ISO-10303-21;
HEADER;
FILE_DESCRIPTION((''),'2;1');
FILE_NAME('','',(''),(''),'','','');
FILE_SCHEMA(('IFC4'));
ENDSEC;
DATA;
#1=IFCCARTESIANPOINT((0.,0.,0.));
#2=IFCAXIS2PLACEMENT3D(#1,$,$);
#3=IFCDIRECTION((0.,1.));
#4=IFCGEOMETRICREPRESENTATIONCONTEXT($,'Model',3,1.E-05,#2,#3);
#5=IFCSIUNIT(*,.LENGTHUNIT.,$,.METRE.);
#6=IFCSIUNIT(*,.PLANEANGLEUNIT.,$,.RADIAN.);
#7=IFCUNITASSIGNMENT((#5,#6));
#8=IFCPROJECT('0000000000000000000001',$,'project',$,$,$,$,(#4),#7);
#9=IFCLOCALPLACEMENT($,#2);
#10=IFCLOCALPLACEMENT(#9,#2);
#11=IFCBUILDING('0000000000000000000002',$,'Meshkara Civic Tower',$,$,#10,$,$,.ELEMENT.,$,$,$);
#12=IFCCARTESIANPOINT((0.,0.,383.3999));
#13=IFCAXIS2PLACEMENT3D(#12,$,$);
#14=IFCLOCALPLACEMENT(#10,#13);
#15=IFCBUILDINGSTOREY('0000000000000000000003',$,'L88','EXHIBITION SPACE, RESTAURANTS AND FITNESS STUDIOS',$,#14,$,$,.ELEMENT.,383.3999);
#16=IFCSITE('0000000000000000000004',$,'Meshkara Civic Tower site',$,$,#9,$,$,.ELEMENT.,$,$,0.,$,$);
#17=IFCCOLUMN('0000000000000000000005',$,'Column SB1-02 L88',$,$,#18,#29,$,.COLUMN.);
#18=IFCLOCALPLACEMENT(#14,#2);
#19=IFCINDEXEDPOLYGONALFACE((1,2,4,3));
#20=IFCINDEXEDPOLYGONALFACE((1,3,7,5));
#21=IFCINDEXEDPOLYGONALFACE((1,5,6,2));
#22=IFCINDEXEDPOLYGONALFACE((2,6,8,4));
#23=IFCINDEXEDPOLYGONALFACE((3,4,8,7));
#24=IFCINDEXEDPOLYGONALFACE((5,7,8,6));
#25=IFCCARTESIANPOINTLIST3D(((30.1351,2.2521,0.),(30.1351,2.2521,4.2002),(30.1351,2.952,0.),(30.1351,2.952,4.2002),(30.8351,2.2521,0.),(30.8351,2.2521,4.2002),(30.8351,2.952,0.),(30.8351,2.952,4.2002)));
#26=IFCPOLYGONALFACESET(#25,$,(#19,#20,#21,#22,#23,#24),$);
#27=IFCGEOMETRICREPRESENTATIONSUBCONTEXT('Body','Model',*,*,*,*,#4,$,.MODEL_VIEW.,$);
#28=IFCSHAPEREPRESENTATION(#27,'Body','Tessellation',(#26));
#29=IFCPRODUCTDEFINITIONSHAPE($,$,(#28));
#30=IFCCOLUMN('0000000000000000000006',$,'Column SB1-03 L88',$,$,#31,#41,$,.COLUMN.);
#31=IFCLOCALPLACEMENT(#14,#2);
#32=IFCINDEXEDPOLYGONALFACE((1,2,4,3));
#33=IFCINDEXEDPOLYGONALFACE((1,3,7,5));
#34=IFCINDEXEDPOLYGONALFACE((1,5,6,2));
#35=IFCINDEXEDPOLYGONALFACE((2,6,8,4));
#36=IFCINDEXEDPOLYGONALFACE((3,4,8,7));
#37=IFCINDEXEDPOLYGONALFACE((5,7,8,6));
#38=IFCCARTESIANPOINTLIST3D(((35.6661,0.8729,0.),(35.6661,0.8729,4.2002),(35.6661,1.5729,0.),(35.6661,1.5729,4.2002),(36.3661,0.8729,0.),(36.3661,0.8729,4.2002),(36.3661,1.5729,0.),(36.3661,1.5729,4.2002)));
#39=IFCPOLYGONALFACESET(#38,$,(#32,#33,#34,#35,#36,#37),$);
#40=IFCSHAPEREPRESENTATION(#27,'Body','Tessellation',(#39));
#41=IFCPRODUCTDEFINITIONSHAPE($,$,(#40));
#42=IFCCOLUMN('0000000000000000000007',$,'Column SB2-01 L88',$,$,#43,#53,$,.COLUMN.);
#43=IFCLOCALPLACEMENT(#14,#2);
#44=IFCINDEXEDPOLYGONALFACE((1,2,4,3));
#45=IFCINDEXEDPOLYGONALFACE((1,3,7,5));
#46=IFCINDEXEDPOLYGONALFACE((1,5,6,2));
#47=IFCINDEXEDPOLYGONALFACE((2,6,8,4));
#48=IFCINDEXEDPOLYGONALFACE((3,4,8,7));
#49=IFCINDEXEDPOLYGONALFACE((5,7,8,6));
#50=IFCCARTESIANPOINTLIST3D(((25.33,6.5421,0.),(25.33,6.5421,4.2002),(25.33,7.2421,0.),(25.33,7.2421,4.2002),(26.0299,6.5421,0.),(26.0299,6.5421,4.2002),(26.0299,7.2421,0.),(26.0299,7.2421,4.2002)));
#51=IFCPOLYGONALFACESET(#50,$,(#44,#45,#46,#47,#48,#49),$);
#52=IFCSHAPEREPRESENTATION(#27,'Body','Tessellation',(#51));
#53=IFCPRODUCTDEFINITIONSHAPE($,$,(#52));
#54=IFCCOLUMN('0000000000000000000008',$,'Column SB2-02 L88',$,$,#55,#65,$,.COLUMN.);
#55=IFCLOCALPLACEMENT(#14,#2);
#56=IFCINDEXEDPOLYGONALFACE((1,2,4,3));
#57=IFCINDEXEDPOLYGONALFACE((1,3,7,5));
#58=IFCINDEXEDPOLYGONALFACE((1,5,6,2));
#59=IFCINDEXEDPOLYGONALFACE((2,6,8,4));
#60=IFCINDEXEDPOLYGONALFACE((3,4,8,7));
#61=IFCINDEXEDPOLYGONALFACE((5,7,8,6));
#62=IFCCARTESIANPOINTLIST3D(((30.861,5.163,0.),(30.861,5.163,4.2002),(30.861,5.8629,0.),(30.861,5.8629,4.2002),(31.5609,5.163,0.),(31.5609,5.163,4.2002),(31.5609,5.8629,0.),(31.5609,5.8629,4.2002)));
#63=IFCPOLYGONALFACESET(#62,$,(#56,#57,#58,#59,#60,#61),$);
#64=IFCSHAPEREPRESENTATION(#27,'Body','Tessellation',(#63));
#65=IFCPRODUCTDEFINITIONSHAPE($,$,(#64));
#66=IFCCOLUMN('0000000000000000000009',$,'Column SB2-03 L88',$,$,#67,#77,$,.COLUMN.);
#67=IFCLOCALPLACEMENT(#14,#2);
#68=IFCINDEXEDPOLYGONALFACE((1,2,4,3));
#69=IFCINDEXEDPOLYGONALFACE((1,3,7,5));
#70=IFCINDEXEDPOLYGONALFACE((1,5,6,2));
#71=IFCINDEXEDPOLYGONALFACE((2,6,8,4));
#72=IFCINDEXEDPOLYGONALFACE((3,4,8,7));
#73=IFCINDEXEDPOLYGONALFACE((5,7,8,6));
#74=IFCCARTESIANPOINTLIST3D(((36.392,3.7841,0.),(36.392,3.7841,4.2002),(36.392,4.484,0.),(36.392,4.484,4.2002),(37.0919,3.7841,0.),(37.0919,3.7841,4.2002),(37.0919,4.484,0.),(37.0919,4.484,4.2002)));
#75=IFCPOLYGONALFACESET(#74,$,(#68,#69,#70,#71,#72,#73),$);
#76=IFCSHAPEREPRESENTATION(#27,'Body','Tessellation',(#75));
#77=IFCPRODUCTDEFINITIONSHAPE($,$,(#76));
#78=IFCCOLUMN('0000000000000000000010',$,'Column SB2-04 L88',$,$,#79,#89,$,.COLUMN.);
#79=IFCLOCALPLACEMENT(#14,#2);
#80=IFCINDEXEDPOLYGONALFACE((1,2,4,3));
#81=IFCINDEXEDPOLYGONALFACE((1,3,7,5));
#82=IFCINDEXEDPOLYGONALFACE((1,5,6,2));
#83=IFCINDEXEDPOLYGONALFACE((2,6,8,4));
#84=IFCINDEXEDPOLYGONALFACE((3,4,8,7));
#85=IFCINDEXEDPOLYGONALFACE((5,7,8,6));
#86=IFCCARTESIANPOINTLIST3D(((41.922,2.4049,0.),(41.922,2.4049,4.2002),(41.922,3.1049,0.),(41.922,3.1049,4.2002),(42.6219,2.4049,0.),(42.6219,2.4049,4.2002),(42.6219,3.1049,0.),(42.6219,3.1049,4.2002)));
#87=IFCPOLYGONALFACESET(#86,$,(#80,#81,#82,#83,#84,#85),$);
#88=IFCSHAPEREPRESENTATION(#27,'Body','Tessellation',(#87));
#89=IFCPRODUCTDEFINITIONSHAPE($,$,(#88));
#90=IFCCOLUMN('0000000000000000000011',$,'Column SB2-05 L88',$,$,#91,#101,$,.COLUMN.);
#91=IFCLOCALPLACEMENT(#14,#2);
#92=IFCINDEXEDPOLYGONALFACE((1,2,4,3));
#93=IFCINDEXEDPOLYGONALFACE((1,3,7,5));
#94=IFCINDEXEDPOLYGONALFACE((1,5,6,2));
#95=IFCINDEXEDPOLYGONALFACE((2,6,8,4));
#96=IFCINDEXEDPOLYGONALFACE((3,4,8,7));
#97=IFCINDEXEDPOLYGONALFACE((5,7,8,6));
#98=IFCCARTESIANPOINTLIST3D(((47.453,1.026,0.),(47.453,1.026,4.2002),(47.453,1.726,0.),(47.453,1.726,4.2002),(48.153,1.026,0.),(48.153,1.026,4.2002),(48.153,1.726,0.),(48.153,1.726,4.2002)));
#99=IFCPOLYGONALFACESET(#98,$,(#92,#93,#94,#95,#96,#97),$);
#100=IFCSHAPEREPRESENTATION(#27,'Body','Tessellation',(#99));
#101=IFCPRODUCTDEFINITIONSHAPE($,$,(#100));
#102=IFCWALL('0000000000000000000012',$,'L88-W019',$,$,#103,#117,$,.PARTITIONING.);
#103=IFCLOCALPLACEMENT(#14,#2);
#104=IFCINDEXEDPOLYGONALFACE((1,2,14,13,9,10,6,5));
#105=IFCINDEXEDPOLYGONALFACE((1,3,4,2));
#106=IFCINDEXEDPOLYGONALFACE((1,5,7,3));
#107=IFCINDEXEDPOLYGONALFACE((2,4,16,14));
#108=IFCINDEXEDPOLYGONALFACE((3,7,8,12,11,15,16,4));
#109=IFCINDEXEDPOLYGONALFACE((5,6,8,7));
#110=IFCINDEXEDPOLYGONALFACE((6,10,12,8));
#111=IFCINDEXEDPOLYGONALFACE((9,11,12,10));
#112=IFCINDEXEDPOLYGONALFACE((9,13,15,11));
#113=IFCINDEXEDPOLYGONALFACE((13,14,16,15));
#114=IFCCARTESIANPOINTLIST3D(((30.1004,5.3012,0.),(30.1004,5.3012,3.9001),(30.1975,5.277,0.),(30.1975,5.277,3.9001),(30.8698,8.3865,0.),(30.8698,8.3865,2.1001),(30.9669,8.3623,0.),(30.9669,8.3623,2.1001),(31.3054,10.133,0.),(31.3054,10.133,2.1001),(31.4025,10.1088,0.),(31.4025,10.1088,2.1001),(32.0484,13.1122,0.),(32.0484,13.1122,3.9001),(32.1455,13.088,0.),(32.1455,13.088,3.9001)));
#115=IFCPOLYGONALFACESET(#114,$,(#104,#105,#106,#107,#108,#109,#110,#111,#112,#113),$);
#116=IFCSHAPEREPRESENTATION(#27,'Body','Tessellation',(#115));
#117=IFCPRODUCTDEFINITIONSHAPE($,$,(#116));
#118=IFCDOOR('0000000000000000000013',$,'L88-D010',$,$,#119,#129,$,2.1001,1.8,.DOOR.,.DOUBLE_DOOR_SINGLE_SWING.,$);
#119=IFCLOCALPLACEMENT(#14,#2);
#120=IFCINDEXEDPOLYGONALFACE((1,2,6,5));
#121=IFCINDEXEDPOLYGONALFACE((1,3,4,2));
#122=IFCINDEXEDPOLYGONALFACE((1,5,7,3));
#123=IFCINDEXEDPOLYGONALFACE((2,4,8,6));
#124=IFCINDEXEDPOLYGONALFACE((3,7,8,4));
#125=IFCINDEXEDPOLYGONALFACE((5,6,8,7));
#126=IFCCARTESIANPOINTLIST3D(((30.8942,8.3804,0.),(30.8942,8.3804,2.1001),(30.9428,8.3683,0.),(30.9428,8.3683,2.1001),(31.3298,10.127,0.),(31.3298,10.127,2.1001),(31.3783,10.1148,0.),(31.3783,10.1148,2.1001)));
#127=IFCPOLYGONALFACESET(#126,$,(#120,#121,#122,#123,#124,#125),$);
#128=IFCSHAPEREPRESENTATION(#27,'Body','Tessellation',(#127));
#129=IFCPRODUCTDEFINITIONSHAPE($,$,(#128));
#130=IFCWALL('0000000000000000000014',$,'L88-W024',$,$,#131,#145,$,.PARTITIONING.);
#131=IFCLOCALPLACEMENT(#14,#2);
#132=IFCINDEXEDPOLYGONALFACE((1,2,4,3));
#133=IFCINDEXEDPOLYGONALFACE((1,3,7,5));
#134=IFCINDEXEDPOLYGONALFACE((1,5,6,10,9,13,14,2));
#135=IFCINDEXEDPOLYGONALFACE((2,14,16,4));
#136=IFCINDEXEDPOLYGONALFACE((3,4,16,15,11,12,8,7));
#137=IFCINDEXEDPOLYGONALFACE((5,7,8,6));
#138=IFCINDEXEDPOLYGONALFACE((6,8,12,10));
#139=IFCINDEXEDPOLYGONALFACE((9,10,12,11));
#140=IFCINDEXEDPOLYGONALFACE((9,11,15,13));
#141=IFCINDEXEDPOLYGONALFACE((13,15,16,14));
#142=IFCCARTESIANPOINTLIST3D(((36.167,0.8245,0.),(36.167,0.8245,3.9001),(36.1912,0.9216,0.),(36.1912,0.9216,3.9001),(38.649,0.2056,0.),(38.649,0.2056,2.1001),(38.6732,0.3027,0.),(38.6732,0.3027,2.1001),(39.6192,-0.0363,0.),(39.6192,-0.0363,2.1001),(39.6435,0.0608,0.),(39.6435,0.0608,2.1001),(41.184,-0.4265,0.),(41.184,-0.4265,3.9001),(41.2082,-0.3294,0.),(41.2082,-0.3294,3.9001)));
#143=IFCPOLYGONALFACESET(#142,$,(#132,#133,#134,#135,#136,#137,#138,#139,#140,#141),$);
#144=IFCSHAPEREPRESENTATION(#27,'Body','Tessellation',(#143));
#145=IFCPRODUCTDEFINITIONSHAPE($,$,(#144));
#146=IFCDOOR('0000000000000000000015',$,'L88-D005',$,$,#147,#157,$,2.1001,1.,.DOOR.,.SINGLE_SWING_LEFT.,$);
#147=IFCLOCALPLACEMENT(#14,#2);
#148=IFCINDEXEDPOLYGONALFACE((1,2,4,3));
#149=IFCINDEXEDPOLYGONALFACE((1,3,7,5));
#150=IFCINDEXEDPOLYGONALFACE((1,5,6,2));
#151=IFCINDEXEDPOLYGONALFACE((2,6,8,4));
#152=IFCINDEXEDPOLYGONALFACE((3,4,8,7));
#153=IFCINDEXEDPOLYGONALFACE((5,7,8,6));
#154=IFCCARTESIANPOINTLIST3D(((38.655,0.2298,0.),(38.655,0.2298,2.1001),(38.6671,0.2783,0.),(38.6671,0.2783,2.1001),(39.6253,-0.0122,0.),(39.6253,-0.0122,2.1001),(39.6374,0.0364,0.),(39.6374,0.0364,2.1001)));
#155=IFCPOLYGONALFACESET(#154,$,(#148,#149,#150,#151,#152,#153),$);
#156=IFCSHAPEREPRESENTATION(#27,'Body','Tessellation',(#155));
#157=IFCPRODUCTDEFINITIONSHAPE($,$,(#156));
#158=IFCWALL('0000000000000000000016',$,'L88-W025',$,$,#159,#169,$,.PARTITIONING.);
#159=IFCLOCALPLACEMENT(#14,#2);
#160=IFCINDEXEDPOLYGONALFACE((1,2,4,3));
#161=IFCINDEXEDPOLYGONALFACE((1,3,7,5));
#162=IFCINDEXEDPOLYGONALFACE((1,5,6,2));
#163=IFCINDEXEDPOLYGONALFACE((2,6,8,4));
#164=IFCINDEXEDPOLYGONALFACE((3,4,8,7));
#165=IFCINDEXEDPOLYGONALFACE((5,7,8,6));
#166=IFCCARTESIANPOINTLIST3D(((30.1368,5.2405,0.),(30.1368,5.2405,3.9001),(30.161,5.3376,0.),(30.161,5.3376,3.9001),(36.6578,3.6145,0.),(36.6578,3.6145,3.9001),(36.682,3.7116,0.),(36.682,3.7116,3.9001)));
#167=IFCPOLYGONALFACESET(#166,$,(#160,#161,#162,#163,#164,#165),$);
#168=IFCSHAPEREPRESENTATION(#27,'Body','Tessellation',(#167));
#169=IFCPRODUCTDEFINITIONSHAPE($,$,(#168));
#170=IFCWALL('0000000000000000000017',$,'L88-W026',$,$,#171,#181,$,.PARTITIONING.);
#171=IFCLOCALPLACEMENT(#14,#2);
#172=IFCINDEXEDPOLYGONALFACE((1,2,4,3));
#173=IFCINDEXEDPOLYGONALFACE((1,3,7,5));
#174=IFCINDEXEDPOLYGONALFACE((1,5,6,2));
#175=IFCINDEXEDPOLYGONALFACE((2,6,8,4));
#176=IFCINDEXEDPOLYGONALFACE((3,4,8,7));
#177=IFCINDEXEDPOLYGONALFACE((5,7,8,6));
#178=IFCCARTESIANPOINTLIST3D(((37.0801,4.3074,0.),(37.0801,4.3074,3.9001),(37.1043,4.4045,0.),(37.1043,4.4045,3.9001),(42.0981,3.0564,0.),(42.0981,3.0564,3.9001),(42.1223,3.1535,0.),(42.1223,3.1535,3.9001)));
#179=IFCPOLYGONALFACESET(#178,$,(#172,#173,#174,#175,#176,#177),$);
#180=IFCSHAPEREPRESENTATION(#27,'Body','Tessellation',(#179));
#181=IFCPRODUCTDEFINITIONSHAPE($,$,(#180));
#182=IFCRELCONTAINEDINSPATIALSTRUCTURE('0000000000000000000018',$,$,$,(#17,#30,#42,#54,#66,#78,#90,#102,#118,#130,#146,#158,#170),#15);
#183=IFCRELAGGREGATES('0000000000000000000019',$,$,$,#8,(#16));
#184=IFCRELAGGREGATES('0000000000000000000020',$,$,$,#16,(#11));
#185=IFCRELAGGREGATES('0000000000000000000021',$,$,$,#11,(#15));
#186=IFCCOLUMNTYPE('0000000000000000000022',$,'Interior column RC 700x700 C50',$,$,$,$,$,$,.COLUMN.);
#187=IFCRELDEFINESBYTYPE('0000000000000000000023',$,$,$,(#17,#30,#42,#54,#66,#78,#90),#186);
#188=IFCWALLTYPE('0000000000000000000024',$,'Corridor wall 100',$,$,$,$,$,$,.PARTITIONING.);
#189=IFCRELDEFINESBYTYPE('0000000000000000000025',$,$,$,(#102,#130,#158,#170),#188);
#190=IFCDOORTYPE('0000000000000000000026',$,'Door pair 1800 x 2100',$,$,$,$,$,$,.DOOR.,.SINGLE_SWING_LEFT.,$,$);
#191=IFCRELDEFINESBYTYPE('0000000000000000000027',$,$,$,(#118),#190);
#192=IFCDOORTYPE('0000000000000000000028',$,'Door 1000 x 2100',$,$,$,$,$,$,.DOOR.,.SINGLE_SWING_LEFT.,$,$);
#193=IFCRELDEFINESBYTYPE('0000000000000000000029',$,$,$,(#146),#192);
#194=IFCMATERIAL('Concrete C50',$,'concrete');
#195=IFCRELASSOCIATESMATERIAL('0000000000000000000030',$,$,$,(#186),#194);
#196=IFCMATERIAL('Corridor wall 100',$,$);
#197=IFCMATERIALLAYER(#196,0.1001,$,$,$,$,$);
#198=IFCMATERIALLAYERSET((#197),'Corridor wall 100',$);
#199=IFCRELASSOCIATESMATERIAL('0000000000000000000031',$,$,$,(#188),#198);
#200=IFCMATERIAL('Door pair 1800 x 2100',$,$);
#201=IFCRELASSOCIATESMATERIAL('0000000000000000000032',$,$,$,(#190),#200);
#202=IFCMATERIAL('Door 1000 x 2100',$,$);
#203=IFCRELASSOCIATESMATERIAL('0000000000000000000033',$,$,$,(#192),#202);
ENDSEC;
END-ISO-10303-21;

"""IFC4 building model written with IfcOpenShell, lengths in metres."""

from ifc_helpers import new_model, si_unit, direction, frame, frame_2d, origin, origin_2d, place, context, subcontext, project, spatial, rectangle, extrude, material, layer, layer_set, material_profile, profile_set, type_object, element, fill, save


model = new_model("IFC4")

# Units and contexts
model_context = context("Model", 3, precision=1e-05, world=origin(), true_north=direction((0.0, 1.0)))
body_context = subcontext(model_context, "Body", "Model", "MODEL_VIEW")
ifc_project = project(units=[si_unit("LENGTHUNIT", "METRE"), si_unit("PLANEANGLEUNIT", "RADIAN")], contexts=[model_context])

# Site, building, storey
site_placement = place(None, origin())
site = spatial("IfcSite", under=ifc_project, at=site_placement, Name="Meshkara Civic Tower site", CompositionType="ELEMENT", RefElevation=0.0)
building_placement = place(site_placement, origin())
building = spatial("IfcBuilding", under=site, at=building_placement, Name="Meshkara Civic Tower", CompositionType="ELEMENT")
storey_placement = place(building_placement, frame((0.0, 0.0, 383.3999)))
storey = spatial("IfcBuildingStorey", under=building, at=storey_placement, Name="L88", Description="EXHIBITION SPACE, RESTAURANTS AND FITNESS STUDIOS", CompositionType="ELEMENT", Elevation=383.3999)

# Columns
ifc_material_1 = material(Name="Concrete C50", Category="concrete")
ifc_material_profile = material_profile(ifc_material_1, rectangle(XDim=0.7, YDim=0.7, at=origin_2d()))
ifc_profile_set = profile_set([ifc_material_profile], Name="Concrete C50")
column_type = type_object("IfcColumnType", Name="Interior column RC 700x700 C50", PredefinedType="COLUMN", material=ifc_profile_set)
for number, where, z_axis, x_axis, name in (
    (1, (30.4851, 2.6021, 0.0), (0.0, 0.0, 1.0), (1.0, 0.0, 0.0), "Column SB1-02 L88"),
    (2, (36.0161, 1.2229, 0.0), (0.0, 0.0, 1.0), (1.0, 0.0, 0.0), "Column SB1-03 L88"),
    (3, (25.6799, 6.8921, 0.0), (0.0, 0.0, 1.0), (1.0, 0.0, 0.0), "Column SB2-01 L88"),
    (4, (31.2109, 5.5129, 0.0), (0.0, 0.0, 1.0), (1.0, 0.0, 0.0), "Column SB2-02 L88"),
    (5, (36.7419, 4.134, 0.0), (0.0, 0.0, 1.0), (1.0, 0.0, 0.0), "Column SB2-03 L88"),
    (6, (42.272, 2.7549, 0.0), (0.0, 0.0, 1.0), (1.0, 0.0, 0.0), "Column SB2-04 L88"),
    (7, (47.803, 1.376, 0.0), (0.0, 0.0, 1.0), (1.0, 0.0, 0.0), "Column SB2-05 L88"),
):
    element("IfcColumn", number, at=place(storey_placement, frame(where, z_axis=z_axis, x_axis=x_axis)), inside=storey, type_object=column_type, Name=name, PredefinedType="COLUMN", context=body_context, shape_type="SweptSolid", body=[
        extrude(rectangle(XDim=0.7, YDim=0.7, at=origin_2d()), origin(), (0.0, 0.0, 1.0), 4.2002),
    ])

# Walls, openings, doors
ifc_material_2 = material(Name="Corridor wall 100")
ifc_layer_1 = layer(ifc_material_2, 0.1001)
ifc_layer_set_1 = layer_set([ifc_layer_1], Name="Corridor wall 100")
wall_type_1 = type_object("IfcWallType", Name="Corridor wall 100", PredefinedType="PARTITIONING", material=ifc_layer_set_1)
wall_1_placement = place(storey_placement, frame((30.1489, 5.2891, 0.0), z_axis=(0.0, 0.0, 1.0), x_axis=(0.241979, 0.970281, 0.0)))
wall_1 = element("IfcWall", 8, at=wall_1_placement, inside=storey, type_object=wall_type_1, Name="L88-W019", PredefinedType="PARTITIONING", context=body_context, shape_type="SweptSolid", body=[
    extrude(rectangle(XDim=8.0503, YDim=0.1001, at=frame_2d((4.0251, 0.0))), origin(), (0.0, 0.0, 1.0), 3.9001),
])
opening_1_placement = place(wall_1_placement, frame((3.1799, 0.0, 0.0)))
opening_1 = element("IfcOpeningElement", 9, at=opening_1_placement, cuts=wall_1, PredefinedType="OPENING", context=body_context, shape_type="SweptSolid", body=[
    extrude(rectangle(XDim=1.8, YDim=2.1001, at=frame_2d((0.8999, 1.05))), frame((0.0, 0.0601, 0.0), z_axis=(0.0, -1.0, 0.0), x_axis=(1.0, 0.0, 0.0)), (0.0, 0.0, 1.0), 0.1201),
])
ifc_material_3 = material(Name="Door pair 1800 x 2100")
door_type_1 = type_object("IfcDoorType", Name="Door pair 1800 x 2100", OperationType="SINGLE_SWING_LEFT", PredefinedType="DOOR", material=ifc_material_3)
door_1_placement = place(opening_1_placement, origin())
door_1 = element("IfcDoor", 10, at=door_1_placement, inside=storey, type_object=door_type_1, Name="L88-D010", OperationType="DOUBLE_DOOR_SINGLE_SWING", OverallHeight=2.1001, OverallWidth=1.8, PredefinedType="DOOR", context=body_context, shape_type="SweptSolid", body=[
    extrude(rectangle(XDim=1.8, YDim=2.1001, at=frame_2d((0.8999, 1.05))), frame((0.0, 0.0249, 0.0), z_axis=(0.0, -1.0, 0.0), x_axis=(1.0, 0.0, 0.0)), (0.0, 0.0, 1.0), 0.05),
])
fill(opening_1, door_1)
wall_2_placement = place(storey_placement, frame((36.179, 0.873, 0.0), z_axis=(0.0, 0.0, 1.0), x_axis=(0.970292, -0.241936, 0.0)))
wall_2 = element("IfcWall", 11, at=wall_2_placement, inside=storey, type_object=wall_type_1, Name="L88-W024", PredefinedType="PARTITIONING", context=body_context, shape_type="SweptSolid", body=[
    extrude(rectangle(XDim=5.1707, YDim=0.1001, at=frame_2d((2.5854, 0.0))), origin(), (0.0, 0.0, 1.0), 3.9001),
])
opening_2_placement = place(wall_2_placement, frame((2.5581, 0.0, 0.0)))
opening_2 = element("IfcOpeningElement", 12, at=opening_2_placement, cuts=wall_2, PredefinedType="OPENING", context=body_context, shape_type="SweptSolid", body=[
    extrude(rectangle(XDim=1.0, YDim=2.1001, at=frame_2d((0.5, 1.05))), frame((0.0, 0.0601, 0.0), z_axis=(0.0, -1.0, 0.0), x_axis=(1.0, 0.0, 0.0)), (0.0, 0.0, 1.0), 0.1201),
])
ifc_material_4 = material(Name="Door 1000 x 2100")
door_type_2 = type_object("IfcDoorType", Name="Door 1000 x 2100", OperationType="SINGLE_SWING_LEFT", PredefinedType="DOOR", material=ifc_material_4)
door_2_placement = place(opening_2_placement, origin())
door_2 = element("IfcDoor", 13, at=door_2_placement, inside=storey, type_object=door_type_2, Name="L88-D005", OperationType="SINGLE_SWING_LEFT", OverallHeight=2.1001, OverallWidth=1.0, PredefinedType="DOOR", context=body_context, shape_type="SweptSolid", body=[
    extrude(rectangle(XDim=1.0, YDim=2.1001, at=frame_2d((0.5, 1.05))), frame((0.0, 0.0249, 0.0), z_axis=(0.0, -1.0, 0.0), x_axis=(1.0, 0.0, 0.0)), (0.0, 0.0, 1.0), 0.05),
])
fill(opening_2, door_2)

# Walls
wall_3_placement = place(storey_placement, frame((36.6699, 3.6631, 0.0), z_axis=(0.0, 0.0, 1.0), x_axis=(-0.970292, 0.241937, 0.0)))
element("IfcWall", 14, at=wall_3_placement, inside=storey, type_object=wall_type_1, Name="L88-W025", PredefinedType="PARTITIONING", context=body_context, shape_type="SweptSolid", body=[
    extrude(rectangle(XDim=6.7207, YDim=0.1001, at=frame_2d((3.3604, 0.0))), origin(), (0.0, 0.0, 1.0), 3.9001),
])
wall_4_placement = place(storey_placement, frame((37.092, 4.356, 0.0), z_axis=(0.0, 0.0, 1.0), x_axis=(0.970303, -0.241891, 0.0)))
element("IfcWall", 15, at=wall_4_placement, inside=storey, type_object=wall_type_1, Name="L88-W026", PredefinedType="PARTITIONING", context=body_context, shape_type="SweptSolid", body=[
    extrude(rectangle(XDim=5.1716, YDim=0.1001, at=frame_2d((2.5859, 0.0))), origin(), (0.0, 0.0, 1.0), 3.9001),
])

save(model, "model.ifc")
